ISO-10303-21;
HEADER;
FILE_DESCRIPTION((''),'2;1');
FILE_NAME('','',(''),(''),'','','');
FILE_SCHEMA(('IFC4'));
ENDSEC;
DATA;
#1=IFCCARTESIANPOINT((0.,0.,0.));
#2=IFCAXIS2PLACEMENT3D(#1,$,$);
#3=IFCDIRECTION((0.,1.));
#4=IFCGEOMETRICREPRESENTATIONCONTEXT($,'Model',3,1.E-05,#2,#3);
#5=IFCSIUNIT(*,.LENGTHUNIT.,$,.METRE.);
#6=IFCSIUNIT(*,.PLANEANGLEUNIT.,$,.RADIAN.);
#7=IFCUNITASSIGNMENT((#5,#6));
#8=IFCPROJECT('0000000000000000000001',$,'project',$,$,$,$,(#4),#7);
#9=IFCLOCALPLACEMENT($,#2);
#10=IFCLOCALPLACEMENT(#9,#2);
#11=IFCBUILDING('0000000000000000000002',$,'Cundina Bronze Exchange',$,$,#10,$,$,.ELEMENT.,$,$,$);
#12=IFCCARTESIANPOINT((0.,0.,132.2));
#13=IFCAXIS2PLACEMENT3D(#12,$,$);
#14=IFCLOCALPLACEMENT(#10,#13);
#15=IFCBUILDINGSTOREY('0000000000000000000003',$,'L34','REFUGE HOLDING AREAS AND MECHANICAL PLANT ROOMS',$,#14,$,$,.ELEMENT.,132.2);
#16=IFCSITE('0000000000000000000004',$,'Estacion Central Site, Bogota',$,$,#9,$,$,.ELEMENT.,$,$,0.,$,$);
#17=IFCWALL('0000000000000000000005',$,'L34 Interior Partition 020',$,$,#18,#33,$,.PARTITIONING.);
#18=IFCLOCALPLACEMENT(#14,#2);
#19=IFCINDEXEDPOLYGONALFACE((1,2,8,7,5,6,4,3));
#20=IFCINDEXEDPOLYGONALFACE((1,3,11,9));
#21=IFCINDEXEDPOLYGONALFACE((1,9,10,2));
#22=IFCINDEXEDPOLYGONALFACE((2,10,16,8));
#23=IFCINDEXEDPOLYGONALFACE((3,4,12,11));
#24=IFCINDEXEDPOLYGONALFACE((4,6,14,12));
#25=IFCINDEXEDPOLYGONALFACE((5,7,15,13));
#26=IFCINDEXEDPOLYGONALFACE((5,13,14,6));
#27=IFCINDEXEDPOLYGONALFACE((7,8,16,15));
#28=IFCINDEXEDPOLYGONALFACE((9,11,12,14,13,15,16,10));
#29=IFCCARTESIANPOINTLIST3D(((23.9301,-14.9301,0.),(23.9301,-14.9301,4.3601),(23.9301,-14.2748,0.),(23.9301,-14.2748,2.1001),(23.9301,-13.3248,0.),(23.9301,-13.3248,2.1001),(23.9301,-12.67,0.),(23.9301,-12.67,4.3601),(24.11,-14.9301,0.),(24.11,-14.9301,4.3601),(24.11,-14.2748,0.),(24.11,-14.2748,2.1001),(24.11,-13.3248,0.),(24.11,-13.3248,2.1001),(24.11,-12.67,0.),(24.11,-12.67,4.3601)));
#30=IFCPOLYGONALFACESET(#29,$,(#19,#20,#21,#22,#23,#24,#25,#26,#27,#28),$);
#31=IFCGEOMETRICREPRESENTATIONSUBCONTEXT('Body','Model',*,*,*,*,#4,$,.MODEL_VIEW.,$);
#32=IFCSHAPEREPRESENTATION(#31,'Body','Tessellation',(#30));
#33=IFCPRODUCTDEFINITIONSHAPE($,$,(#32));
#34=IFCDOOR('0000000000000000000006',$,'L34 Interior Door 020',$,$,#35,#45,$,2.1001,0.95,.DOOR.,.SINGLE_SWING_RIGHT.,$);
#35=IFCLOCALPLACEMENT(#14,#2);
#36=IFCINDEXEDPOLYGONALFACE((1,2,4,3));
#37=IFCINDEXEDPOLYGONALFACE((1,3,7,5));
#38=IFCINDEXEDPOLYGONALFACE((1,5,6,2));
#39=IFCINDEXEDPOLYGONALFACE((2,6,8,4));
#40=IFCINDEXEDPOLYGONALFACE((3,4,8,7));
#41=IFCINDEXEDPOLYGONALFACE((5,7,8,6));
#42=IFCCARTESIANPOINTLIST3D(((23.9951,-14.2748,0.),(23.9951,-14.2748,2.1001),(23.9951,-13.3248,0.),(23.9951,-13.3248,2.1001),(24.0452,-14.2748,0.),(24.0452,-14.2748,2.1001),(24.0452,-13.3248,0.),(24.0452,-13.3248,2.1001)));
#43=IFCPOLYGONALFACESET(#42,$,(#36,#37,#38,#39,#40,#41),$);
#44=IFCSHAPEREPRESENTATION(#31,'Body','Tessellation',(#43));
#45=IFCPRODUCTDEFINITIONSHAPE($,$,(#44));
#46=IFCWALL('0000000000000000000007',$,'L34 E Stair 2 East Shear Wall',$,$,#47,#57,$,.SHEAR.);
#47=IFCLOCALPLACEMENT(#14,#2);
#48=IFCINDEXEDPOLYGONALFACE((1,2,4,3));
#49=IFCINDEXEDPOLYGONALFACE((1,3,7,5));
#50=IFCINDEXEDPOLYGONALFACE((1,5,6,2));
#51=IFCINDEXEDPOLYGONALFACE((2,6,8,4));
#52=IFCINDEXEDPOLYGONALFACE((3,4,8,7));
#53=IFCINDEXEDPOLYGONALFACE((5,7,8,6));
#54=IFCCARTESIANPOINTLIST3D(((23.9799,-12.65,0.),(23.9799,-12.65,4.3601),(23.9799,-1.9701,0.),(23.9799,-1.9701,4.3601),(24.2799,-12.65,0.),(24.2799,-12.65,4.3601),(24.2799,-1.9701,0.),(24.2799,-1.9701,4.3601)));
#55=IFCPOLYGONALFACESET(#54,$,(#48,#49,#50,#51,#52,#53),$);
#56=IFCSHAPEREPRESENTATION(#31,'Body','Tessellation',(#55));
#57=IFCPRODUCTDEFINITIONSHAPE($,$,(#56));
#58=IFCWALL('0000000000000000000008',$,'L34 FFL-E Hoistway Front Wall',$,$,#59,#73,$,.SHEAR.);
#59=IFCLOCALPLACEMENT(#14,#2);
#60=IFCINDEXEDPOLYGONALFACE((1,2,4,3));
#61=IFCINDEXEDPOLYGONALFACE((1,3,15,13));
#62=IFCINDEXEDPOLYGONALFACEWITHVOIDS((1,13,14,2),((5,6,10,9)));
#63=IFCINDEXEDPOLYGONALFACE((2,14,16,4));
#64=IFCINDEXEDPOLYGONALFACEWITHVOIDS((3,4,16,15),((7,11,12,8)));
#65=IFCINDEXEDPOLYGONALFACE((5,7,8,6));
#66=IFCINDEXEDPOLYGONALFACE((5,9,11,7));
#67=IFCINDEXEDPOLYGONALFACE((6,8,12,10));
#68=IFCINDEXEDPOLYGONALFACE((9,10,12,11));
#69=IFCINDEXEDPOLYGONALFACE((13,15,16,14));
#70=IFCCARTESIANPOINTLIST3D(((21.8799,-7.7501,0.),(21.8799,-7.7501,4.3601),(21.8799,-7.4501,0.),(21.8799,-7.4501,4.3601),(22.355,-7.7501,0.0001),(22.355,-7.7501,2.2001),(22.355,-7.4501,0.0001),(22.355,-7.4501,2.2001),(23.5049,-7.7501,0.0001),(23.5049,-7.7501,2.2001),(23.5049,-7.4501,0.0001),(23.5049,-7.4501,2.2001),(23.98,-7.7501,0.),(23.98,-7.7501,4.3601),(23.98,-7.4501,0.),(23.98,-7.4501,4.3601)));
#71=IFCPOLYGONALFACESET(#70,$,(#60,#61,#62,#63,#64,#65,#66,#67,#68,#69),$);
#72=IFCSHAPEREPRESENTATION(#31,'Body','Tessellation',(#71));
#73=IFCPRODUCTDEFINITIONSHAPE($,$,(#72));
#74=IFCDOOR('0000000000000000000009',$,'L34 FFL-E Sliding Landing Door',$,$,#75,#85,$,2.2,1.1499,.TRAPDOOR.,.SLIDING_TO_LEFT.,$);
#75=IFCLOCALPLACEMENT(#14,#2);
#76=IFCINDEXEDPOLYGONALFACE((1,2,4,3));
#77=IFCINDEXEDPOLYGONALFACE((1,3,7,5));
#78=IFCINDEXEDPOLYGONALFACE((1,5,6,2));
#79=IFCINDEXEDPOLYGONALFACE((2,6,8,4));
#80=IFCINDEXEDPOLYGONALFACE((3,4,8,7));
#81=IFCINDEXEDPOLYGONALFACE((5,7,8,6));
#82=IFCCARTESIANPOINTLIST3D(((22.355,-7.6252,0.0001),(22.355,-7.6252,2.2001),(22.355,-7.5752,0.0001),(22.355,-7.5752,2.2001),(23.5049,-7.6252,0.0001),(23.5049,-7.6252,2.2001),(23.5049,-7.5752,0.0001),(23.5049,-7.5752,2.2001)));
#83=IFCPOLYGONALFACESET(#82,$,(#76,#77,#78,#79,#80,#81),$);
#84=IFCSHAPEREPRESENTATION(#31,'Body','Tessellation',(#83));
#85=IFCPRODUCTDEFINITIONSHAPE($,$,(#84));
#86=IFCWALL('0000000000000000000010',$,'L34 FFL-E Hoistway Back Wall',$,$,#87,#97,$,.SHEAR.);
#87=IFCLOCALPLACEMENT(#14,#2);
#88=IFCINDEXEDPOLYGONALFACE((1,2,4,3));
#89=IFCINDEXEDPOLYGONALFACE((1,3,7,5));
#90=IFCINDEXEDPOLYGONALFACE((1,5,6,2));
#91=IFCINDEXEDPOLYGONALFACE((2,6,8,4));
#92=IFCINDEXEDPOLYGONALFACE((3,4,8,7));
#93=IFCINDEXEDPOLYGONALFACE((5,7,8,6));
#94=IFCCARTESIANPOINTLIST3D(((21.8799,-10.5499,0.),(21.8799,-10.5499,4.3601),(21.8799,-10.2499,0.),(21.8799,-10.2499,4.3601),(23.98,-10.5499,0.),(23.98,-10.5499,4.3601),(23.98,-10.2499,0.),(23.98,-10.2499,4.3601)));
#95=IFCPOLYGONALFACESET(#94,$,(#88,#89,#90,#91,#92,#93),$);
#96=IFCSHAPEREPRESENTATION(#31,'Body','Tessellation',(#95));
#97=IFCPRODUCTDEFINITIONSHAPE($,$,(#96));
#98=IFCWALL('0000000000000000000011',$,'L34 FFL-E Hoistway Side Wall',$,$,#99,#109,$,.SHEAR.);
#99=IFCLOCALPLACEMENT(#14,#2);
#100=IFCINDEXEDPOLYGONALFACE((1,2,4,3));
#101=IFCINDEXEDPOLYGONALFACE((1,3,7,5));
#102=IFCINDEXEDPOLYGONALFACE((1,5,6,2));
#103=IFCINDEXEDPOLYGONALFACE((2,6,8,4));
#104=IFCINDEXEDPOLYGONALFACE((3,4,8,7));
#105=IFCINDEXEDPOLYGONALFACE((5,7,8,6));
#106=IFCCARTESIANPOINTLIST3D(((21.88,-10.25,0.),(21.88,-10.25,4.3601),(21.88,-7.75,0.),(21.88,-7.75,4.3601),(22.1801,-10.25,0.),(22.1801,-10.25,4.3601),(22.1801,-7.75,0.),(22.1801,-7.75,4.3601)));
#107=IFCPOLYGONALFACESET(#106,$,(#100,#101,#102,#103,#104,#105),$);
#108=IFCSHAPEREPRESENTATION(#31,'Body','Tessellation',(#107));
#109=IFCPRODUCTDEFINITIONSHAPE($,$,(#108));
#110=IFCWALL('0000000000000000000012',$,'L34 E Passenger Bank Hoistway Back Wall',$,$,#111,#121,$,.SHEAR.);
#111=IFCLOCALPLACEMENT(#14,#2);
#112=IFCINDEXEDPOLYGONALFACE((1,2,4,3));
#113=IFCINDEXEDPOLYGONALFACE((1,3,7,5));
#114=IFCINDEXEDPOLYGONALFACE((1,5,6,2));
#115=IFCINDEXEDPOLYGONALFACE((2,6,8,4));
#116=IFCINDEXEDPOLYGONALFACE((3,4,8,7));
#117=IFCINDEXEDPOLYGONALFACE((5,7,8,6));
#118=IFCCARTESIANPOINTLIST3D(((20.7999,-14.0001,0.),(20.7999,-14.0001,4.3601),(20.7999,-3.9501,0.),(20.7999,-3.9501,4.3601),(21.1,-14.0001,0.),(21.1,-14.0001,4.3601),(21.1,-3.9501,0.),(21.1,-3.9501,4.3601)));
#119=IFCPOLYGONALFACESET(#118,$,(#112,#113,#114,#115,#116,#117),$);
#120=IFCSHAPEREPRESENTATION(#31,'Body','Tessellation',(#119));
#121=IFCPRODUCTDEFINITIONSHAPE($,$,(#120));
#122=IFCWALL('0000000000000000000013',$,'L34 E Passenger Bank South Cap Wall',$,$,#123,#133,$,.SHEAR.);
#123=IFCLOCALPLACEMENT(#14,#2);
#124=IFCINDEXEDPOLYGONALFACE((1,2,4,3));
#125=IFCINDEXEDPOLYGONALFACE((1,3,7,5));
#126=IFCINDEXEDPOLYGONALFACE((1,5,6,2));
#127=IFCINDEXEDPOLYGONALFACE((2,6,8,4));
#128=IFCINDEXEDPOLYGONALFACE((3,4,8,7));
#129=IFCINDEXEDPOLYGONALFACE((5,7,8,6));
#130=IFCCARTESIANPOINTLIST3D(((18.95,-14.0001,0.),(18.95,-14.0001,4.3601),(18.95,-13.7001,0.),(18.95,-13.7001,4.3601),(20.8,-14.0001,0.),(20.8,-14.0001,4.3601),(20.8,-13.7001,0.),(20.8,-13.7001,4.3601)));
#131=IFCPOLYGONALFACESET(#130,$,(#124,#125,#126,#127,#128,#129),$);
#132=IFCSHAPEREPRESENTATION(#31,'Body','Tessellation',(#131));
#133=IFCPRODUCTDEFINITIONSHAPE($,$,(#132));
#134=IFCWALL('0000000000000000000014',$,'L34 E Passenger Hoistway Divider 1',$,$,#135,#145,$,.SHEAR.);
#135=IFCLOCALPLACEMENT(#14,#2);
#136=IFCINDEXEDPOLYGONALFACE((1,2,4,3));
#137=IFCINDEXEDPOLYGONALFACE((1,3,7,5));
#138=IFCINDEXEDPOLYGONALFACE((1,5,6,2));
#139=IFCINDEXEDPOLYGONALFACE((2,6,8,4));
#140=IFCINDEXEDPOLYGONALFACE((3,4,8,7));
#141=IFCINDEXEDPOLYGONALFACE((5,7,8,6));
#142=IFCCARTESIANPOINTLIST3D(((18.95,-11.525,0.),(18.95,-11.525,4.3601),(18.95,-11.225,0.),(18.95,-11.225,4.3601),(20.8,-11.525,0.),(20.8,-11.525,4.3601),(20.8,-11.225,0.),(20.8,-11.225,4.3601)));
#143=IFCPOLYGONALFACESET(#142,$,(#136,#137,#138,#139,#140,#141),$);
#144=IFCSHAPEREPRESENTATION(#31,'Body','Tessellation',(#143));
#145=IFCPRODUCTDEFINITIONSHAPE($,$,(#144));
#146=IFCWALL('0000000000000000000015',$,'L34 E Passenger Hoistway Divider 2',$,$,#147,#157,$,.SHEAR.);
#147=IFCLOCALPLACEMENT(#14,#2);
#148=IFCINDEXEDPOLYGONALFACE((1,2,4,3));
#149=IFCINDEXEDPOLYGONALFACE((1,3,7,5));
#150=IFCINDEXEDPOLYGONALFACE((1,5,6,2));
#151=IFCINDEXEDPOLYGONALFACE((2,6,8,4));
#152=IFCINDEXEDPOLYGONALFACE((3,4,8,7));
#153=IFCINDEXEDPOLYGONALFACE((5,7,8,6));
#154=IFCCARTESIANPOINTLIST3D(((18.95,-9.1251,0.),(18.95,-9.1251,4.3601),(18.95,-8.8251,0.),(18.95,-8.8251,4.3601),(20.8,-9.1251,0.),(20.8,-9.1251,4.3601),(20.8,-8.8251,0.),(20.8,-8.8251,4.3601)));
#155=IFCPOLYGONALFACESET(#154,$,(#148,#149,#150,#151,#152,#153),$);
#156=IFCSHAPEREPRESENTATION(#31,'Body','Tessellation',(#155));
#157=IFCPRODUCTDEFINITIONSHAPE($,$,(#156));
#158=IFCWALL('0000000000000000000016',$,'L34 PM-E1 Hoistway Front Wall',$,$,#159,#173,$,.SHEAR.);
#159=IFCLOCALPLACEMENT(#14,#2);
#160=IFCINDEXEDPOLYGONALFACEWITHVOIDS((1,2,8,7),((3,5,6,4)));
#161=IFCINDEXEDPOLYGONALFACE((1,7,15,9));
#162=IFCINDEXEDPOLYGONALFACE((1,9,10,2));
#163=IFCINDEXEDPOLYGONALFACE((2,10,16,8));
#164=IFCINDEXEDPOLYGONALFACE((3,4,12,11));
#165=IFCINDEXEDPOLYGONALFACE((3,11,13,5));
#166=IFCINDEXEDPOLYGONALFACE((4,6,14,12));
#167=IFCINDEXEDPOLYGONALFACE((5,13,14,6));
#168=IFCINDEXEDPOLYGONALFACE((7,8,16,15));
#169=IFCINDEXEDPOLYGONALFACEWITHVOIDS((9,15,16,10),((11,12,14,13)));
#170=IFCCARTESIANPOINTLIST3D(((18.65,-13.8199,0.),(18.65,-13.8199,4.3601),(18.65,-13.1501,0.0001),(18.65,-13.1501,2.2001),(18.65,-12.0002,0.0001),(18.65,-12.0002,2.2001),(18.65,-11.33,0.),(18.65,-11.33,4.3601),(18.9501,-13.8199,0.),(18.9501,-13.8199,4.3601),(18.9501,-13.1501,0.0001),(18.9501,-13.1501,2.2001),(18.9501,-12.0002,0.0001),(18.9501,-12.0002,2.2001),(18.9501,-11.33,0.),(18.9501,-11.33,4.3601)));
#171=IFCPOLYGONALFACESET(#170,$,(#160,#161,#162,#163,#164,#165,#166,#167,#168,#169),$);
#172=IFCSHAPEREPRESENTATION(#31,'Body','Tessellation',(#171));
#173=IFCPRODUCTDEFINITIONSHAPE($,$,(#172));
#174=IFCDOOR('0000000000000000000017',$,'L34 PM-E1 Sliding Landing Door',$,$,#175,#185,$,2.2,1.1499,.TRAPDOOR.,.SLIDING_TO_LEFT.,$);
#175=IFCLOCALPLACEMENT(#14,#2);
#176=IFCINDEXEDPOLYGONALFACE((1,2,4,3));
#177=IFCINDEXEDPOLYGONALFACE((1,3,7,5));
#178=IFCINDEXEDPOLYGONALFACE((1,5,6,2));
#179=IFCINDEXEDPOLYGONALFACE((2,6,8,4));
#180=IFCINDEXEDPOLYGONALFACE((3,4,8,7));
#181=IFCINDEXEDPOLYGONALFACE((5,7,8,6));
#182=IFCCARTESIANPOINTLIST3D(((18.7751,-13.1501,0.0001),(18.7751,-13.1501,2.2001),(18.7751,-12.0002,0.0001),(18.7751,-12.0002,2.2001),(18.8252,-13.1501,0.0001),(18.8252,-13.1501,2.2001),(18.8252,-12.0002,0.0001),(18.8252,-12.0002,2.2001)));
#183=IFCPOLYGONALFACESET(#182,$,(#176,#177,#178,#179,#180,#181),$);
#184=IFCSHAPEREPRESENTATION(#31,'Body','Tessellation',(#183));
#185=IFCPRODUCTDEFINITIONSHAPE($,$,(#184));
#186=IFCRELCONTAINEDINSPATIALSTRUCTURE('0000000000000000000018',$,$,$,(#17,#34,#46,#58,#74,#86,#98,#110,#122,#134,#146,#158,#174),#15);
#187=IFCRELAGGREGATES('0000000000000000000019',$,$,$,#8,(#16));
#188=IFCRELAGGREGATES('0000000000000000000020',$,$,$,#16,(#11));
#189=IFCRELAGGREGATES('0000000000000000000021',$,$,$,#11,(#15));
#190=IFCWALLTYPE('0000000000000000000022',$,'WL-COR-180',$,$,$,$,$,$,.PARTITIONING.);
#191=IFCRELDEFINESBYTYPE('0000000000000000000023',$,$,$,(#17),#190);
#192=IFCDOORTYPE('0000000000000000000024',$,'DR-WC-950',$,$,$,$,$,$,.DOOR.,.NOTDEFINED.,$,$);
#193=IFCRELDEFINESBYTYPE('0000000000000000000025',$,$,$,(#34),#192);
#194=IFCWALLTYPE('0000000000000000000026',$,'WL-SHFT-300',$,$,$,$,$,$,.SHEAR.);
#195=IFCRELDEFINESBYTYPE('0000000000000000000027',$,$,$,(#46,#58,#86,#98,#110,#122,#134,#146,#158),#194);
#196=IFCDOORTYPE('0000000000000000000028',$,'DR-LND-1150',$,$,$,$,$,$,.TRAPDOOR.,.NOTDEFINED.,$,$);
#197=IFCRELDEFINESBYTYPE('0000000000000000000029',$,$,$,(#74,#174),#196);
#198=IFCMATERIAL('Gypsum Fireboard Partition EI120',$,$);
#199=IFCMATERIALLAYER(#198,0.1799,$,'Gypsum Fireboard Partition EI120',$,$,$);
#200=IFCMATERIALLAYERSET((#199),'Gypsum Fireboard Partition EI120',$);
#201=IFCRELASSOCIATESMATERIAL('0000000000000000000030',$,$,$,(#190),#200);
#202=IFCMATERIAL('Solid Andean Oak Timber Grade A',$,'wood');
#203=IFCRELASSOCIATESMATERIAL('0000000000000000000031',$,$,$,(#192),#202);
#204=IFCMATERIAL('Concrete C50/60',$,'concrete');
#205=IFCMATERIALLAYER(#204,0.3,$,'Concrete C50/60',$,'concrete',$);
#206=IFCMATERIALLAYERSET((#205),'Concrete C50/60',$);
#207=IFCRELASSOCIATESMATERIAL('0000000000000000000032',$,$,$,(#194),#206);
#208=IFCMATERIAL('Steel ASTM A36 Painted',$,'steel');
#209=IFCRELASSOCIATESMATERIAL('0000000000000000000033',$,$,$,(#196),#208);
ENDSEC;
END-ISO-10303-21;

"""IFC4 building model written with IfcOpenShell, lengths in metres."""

from ifc_helpers import new_model, si_unit, direction, frame, frame_2d, origin, place, context, subcontext, project, spatial, rectangle, extrude, material, layer, layer_set, type_object, element, fill, save


model = new_model("IFC4")

# Units and contexts
model_context = context("Model", 3, precision=1e-05, world=origin(), true_north=direction((0.0, 1.0)))
body_context = subcontext(model_context, "Body", "Model", "MODEL_VIEW")
ifc_project = project(units=[si_unit("LENGTHUNIT", "METRE"), si_unit("PLANEANGLEUNIT", "RADIAN")], contexts=[model_context])

# Site, building, storey
site_placement = place(None, origin())
site = spatial("IfcSite", under=ifc_project, at=site_placement, Name="Estacion Central Site, Bogota", CompositionType="ELEMENT", RefElevation=0.0)
building_placement = place(site_placement, origin())
building = spatial("IfcBuilding", under=site, at=building_placement, Name="Cundina Bronze Exchange", CompositionType="ELEMENT")
storey_placement = place(building_placement, frame((0.0, 0.0, 132.2)))
storey = spatial("IfcBuildingStorey", under=building, at=storey_placement, Name="L34", Description="REFUGE HOLDING AREAS AND MECHANICAL PLANT ROOMS", CompositionType="ELEMENT", Elevation=132.2)

# Shared definitions
ifc_material_1 = material(Name="Gypsum Fireboard Partition EI120")
ifc_layer_1 = layer(ifc_material_1, 0.1799, Name="Gypsum Fireboard Partition EI120")
ifc_layer_set_1 = layer_set([ifc_layer_1], Name="Gypsum Fireboard Partition EI120")
wall_type_1 = type_object("IfcWallType", Name="WL-COR-180", PredefinedType="PARTITIONING", material=ifc_layer_set_1)

# Wall, opening, door
wall_1_placement = place(storey_placement, frame((24.02, -14.9299, 0.0), z_axis=(0.0, 0.0, 1.0), x_axis=(0.0, 1.0, 0.0)))
wall_1 = element("IfcWall", 1, at=wall_1_placement, inside=storey, type_object=wall_type_1, Name="L34 Interior Partition 020", PredefinedType="PARTITIONING", context=body_context, shape_type="SweptSolid", body=[
    extrude(rectangle(XDim=2.26, YDim=0.1799, at=frame_2d((1.1299, 0.0))), origin(), (0.0, 0.0, 1.0), 4.3601),
])
opening_1_placement = place(wall_1_placement, frame((0.655, 0.0, 0.0)))
opening_1 = element("IfcOpeningElement", 2, at=opening_1_placement, cuts=wall_1, PredefinedType="OPENING", context=body_context, shape_type="SweptSolid", body=[
    extrude(rectangle(XDim=0.95, YDim=2.1001, at=frame_2d((0.4751, 1.05))), frame((0.0, 0.0999, 0.0), z_axis=(0.0, -1.0, 0.0), x_axis=(1.0, 0.0, 0.0)), (0.0, 0.0, 1.0), 0.2),
])
ifc_material_2 = material(Name="Solid Andean Oak Timber Grade A", Category="wood")
door_type_1 = type_object("IfcDoorType", Name="DR-WC-950", OperationType="NOTDEFINED", PredefinedType="DOOR", material=ifc_material_2)
door_1_placement = place(opening_1_placement, origin())
door_1 = element("IfcDoor", 3, at=door_1_placement, inside=storey, type_object=door_type_1, Name="L34 Interior Door 020", OperationType="SINGLE_SWING_RIGHT", OverallHeight=2.1001, OverallWidth=0.95, PredefinedType="DOOR", context=body_context, shape_type="SweptSolid", body=[
    extrude(rectangle(XDim=0.95, YDim=2.1001, at=frame_2d((0.4751, 1.05))), frame((0.0, 0.0249, 0.0), z_axis=(0.0, -1.0, 0.0), x_axis=(1.0, 0.0, 0.0)), (0.0, 0.0, 1.0), 0.05),
])
fill(opening_1, door_1)

# Wall
ifc_material_3 = material(Name="Concrete C50/60", Category="concrete")
ifc_layer_2 = layer(ifc_material_3, 0.3, Name="Concrete C50/60", Category="concrete")
ifc_layer_set_2 = layer_set([ifc_layer_2], Name="Concrete C50/60")
wall_type_2 = type_object("IfcWallType", Name="WL-SHFT-300", PredefinedType="SHEAR", material=ifc_layer_set_2)
wall_2_placement = place(storey_placement, frame((24.1299, -12.6499, 0.0), z_axis=(0.0, 0.0, 1.0), x_axis=(0.0, 1.0, 0.0)))
element("IfcWall", 4, at=wall_2_placement, inside=storey, type_object=wall_type_2, Name="L34 E Stair 2 East Shear Wall", PredefinedType="SHEAR", context=body_context, shape_type="SweptSolid", body=[
    extrude(rectangle(XDim=10.6799, YDim=0.3, at=frame_2d((5.3398, 0.0))), origin(), (0.0, 0.0, 1.0), 4.3601),
])

# Wall, opening, door
wall_3_placement = place(storey_placement, frame((21.8799, -7.6001, 0.0), z_axis=(0.0, 0.0, 1.0), x_axis=(1.0, 0.0, 0.0)))
wall_3 = element("IfcWall", 5, at=wall_3_placement, inside=storey, type_object=wall_type_2, Name="L34 FFL-E Hoistway Front Wall", PredefinedType="SHEAR", context=body_context, shape_type="SweptSolid", body=[
    extrude(rectangle(XDim=2.1001, YDim=0.3, at=frame_2d((1.05, 0.0))), origin(), (0.0, 0.0, 1.0), 4.3601),
])
opening_2_placement = place(wall_3_placement, frame((0.4751, 0.0, 0.0)))
opening_2 = element("IfcOpeningElement", 6, at=opening_2_placement, cuts=wall_3, PredefinedType="OPENING", context=body_context, shape_type="SweptSolid", body=[
    extrude(rectangle(XDim=1.1499, YDim=2.2, at=frame_2d((0.575, 1.1001))), frame((0.0, 0.1599, 0.0), z_axis=(0.0, -1.0, 0.0), x_axis=(1.0, 0.0, 0.0)), (0.0, 0.0, 1.0), 0.3201),
])
ifc_material_4 = material(Name="Steel ASTM A36 Painted", Category="steel")
door_type_2 = type_object("IfcDoorType", Name="DR-LND-1150", OperationType="NOTDEFINED", PredefinedType="TRAPDOOR", material=ifc_material_4)
door_2_placement = place(opening_2_placement, origin())
door_2 = element("IfcDoor", 7, at=door_2_placement, inside=storey, type_object=door_type_2, Name="L34 FFL-E Sliding Landing Door", OperationType="SLIDING_TO_LEFT", OverallHeight=2.2, OverallWidth=1.1499, PredefinedType="TRAPDOOR", context=body_context, shape_type="SweptSolid", body=[
    extrude(rectangle(XDim=1.1499, YDim=2.2, at=frame_2d((0.575, 1.1001))), frame((0.0, 0.0249, 0.0), z_axis=(0.0, -1.0, 0.0), x_axis=(1.0, 0.0, 0.0)), (0.0, 0.0, 1.0), 0.05),
])
fill(opening_2, door_2)

# Walls
wall_4_placement = place(storey_placement, frame((21.8799, -10.3999, 0.0), z_axis=(0.0, 0.0, 1.0), x_axis=(1.0, 0.0, 0.0)))
element("IfcWall", 8, at=wall_4_placement, inside=storey, type_object=wall_type_2, Name="L34 FFL-E Hoistway Back Wall", PredefinedType="SHEAR", context=body_context, shape_type="SweptSolid", body=[
    extrude(rectangle(XDim=2.1001, YDim=0.3, at=frame_2d((1.05, 0.0))), origin(), (0.0, 0.0, 1.0), 4.3601),
])
wall_5_placement = place(storey_placement, frame((22.03, -10.25, 0.0), z_axis=(0.0, 0.0, 1.0), x_axis=(0.0, 1.0, 0.0)))
element("IfcWall", 9, at=wall_5_placement, inside=storey, type_object=wall_type_2, Name="L34 FFL-E Hoistway Side Wall", PredefinedType="SHEAR", context=body_context, shape_type="SweptSolid", body=[
    extrude(rectangle(XDim=2.5, YDim=0.3, at=frame_2d((1.25, 0.0))), origin(), (0.0, 0.0, 1.0), 4.3601),
])
wall_6_placement = place(storey_placement, frame((20.95, -14.0, 0.0), z_axis=(0.0, 0.0, 1.0), x_axis=(0.0, 1.0, 0.0)))
element("IfcWall", 10, at=wall_6_placement, inside=storey, type_object=wall_type_2, Name="L34 E Passenger Bank Hoistway Back Wall", PredefinedType="SHEAR", context=body_context, shape_type="SweptSolid", body=[
    extrude(rectangle(XDim=10.05, YDim=0.3, at=frame_2d((5.0249, 0.0))), origin(), (0.0, 0.0, 1.0), 4.3601),
])
for number, where, z_axis, x_axis, name in (
    (11, (18.95, -13.8501, 0.0), (0.0, 0.0, 1.0), (1.0, 0.0, 0.0), "L34 E Passenger Bank South Cap Wall"),
    (12, (18.95, -11.375, 0.0), (0.0, 0.0, 1.0), (1.0, 0.0, 0.0), "L34 E Passenger Hoistway Divider 1"),
    (13, (18.95, -8.9751, 0.0), (0.0, 0.0, 1.0), (1.0, 0.0, 0.0), "L34 E Passenger Hoistway Divider 2"),
):
    element("IfcWall", number, at=place(storey_placement, frame(where, z_axis=z_axis, x_axis=x_axis)), inside=storey, type_object=wall_type_2, Name=name, PredefinedType="SHEAR", context=body_context, shape_type="SweptSolid", body=[
        extrude(rectangle(XDim=1.8501, YDim=0.3, at=frame_2d((0.925, 0.0))), origin(), (0.0, 0.0, 1.0), 4.3601),
    ])

# Wall, opening, door
wall_7_placement = place(storey_placement, frame((18.8, -13.8201, 0.0), z_axis=(0.0, 0.0, 1.0), x_axis=(0.0, 1.0, 0.0)))
wall_7 = element("IfcWall", 14, at=wall_7_placement, inside=storey, type_object=wall_type_2, Name="L34 PM-E1 Hoistway Front Wall", PredefinedType="SHEAR", context=body_context, shape_type="SweptSolid", body=[
    extrude(rectangle(XDim=2.49, YDim=0.3, at=frame_2d((1.2451, 0.0))), origin(), (0.0, 0.0, 1.0), 4.3601),
])
opening_3_placement = place(wall_7_placement, frame((0.6699, 0.0, 0.0)))
opening_3 = element("IfcOpeningElement", 15, at=opening_3_placement, cuts=wall_7, PredefinedType="OPENING", context=body_context, shape_type="SweptSolid", body=[
    extrude(rectangle(XDim=1.1499, YDim=2.2, at=frame_2d((0.575, 1.1001))), frame((0.0, 0.1599, 0.0), z_axis=(0.0, -1.0, 0.0), x_axis=(1.0, 0.0, 0.0)), (0.0, 0.0, 1.0), 0.3201),
])
door_3_placement = place(opening_3_placement, origin())
door_3 = element("IfcDoor", 16, at=door_3_placement, inside=storey, type_object=door_type_2, Name="L34 PM-E1 Sliding Landing Door", OperationType="SLIDING_TO_LEFT", OverallHeight=2.2, OverallWidth=1.1499, PredefinedType="TRAPDOOR", context=body_context, shape_type="SweptSolid", body=[
    extrude(rectangle(XDim=1.1499, YDim=2.2, at=frame_2d((0.575, 1.1001))), frame((0.0, 0.0249, 0.0), z_axis=(0.0, -1.0, 0.0), x_axis=(1.0, 0.0, 0.0)), (0.0, 0.0, 1.0), 0.05),
])
fill(opening_3, door_3)

save(model, "model.ifc")
